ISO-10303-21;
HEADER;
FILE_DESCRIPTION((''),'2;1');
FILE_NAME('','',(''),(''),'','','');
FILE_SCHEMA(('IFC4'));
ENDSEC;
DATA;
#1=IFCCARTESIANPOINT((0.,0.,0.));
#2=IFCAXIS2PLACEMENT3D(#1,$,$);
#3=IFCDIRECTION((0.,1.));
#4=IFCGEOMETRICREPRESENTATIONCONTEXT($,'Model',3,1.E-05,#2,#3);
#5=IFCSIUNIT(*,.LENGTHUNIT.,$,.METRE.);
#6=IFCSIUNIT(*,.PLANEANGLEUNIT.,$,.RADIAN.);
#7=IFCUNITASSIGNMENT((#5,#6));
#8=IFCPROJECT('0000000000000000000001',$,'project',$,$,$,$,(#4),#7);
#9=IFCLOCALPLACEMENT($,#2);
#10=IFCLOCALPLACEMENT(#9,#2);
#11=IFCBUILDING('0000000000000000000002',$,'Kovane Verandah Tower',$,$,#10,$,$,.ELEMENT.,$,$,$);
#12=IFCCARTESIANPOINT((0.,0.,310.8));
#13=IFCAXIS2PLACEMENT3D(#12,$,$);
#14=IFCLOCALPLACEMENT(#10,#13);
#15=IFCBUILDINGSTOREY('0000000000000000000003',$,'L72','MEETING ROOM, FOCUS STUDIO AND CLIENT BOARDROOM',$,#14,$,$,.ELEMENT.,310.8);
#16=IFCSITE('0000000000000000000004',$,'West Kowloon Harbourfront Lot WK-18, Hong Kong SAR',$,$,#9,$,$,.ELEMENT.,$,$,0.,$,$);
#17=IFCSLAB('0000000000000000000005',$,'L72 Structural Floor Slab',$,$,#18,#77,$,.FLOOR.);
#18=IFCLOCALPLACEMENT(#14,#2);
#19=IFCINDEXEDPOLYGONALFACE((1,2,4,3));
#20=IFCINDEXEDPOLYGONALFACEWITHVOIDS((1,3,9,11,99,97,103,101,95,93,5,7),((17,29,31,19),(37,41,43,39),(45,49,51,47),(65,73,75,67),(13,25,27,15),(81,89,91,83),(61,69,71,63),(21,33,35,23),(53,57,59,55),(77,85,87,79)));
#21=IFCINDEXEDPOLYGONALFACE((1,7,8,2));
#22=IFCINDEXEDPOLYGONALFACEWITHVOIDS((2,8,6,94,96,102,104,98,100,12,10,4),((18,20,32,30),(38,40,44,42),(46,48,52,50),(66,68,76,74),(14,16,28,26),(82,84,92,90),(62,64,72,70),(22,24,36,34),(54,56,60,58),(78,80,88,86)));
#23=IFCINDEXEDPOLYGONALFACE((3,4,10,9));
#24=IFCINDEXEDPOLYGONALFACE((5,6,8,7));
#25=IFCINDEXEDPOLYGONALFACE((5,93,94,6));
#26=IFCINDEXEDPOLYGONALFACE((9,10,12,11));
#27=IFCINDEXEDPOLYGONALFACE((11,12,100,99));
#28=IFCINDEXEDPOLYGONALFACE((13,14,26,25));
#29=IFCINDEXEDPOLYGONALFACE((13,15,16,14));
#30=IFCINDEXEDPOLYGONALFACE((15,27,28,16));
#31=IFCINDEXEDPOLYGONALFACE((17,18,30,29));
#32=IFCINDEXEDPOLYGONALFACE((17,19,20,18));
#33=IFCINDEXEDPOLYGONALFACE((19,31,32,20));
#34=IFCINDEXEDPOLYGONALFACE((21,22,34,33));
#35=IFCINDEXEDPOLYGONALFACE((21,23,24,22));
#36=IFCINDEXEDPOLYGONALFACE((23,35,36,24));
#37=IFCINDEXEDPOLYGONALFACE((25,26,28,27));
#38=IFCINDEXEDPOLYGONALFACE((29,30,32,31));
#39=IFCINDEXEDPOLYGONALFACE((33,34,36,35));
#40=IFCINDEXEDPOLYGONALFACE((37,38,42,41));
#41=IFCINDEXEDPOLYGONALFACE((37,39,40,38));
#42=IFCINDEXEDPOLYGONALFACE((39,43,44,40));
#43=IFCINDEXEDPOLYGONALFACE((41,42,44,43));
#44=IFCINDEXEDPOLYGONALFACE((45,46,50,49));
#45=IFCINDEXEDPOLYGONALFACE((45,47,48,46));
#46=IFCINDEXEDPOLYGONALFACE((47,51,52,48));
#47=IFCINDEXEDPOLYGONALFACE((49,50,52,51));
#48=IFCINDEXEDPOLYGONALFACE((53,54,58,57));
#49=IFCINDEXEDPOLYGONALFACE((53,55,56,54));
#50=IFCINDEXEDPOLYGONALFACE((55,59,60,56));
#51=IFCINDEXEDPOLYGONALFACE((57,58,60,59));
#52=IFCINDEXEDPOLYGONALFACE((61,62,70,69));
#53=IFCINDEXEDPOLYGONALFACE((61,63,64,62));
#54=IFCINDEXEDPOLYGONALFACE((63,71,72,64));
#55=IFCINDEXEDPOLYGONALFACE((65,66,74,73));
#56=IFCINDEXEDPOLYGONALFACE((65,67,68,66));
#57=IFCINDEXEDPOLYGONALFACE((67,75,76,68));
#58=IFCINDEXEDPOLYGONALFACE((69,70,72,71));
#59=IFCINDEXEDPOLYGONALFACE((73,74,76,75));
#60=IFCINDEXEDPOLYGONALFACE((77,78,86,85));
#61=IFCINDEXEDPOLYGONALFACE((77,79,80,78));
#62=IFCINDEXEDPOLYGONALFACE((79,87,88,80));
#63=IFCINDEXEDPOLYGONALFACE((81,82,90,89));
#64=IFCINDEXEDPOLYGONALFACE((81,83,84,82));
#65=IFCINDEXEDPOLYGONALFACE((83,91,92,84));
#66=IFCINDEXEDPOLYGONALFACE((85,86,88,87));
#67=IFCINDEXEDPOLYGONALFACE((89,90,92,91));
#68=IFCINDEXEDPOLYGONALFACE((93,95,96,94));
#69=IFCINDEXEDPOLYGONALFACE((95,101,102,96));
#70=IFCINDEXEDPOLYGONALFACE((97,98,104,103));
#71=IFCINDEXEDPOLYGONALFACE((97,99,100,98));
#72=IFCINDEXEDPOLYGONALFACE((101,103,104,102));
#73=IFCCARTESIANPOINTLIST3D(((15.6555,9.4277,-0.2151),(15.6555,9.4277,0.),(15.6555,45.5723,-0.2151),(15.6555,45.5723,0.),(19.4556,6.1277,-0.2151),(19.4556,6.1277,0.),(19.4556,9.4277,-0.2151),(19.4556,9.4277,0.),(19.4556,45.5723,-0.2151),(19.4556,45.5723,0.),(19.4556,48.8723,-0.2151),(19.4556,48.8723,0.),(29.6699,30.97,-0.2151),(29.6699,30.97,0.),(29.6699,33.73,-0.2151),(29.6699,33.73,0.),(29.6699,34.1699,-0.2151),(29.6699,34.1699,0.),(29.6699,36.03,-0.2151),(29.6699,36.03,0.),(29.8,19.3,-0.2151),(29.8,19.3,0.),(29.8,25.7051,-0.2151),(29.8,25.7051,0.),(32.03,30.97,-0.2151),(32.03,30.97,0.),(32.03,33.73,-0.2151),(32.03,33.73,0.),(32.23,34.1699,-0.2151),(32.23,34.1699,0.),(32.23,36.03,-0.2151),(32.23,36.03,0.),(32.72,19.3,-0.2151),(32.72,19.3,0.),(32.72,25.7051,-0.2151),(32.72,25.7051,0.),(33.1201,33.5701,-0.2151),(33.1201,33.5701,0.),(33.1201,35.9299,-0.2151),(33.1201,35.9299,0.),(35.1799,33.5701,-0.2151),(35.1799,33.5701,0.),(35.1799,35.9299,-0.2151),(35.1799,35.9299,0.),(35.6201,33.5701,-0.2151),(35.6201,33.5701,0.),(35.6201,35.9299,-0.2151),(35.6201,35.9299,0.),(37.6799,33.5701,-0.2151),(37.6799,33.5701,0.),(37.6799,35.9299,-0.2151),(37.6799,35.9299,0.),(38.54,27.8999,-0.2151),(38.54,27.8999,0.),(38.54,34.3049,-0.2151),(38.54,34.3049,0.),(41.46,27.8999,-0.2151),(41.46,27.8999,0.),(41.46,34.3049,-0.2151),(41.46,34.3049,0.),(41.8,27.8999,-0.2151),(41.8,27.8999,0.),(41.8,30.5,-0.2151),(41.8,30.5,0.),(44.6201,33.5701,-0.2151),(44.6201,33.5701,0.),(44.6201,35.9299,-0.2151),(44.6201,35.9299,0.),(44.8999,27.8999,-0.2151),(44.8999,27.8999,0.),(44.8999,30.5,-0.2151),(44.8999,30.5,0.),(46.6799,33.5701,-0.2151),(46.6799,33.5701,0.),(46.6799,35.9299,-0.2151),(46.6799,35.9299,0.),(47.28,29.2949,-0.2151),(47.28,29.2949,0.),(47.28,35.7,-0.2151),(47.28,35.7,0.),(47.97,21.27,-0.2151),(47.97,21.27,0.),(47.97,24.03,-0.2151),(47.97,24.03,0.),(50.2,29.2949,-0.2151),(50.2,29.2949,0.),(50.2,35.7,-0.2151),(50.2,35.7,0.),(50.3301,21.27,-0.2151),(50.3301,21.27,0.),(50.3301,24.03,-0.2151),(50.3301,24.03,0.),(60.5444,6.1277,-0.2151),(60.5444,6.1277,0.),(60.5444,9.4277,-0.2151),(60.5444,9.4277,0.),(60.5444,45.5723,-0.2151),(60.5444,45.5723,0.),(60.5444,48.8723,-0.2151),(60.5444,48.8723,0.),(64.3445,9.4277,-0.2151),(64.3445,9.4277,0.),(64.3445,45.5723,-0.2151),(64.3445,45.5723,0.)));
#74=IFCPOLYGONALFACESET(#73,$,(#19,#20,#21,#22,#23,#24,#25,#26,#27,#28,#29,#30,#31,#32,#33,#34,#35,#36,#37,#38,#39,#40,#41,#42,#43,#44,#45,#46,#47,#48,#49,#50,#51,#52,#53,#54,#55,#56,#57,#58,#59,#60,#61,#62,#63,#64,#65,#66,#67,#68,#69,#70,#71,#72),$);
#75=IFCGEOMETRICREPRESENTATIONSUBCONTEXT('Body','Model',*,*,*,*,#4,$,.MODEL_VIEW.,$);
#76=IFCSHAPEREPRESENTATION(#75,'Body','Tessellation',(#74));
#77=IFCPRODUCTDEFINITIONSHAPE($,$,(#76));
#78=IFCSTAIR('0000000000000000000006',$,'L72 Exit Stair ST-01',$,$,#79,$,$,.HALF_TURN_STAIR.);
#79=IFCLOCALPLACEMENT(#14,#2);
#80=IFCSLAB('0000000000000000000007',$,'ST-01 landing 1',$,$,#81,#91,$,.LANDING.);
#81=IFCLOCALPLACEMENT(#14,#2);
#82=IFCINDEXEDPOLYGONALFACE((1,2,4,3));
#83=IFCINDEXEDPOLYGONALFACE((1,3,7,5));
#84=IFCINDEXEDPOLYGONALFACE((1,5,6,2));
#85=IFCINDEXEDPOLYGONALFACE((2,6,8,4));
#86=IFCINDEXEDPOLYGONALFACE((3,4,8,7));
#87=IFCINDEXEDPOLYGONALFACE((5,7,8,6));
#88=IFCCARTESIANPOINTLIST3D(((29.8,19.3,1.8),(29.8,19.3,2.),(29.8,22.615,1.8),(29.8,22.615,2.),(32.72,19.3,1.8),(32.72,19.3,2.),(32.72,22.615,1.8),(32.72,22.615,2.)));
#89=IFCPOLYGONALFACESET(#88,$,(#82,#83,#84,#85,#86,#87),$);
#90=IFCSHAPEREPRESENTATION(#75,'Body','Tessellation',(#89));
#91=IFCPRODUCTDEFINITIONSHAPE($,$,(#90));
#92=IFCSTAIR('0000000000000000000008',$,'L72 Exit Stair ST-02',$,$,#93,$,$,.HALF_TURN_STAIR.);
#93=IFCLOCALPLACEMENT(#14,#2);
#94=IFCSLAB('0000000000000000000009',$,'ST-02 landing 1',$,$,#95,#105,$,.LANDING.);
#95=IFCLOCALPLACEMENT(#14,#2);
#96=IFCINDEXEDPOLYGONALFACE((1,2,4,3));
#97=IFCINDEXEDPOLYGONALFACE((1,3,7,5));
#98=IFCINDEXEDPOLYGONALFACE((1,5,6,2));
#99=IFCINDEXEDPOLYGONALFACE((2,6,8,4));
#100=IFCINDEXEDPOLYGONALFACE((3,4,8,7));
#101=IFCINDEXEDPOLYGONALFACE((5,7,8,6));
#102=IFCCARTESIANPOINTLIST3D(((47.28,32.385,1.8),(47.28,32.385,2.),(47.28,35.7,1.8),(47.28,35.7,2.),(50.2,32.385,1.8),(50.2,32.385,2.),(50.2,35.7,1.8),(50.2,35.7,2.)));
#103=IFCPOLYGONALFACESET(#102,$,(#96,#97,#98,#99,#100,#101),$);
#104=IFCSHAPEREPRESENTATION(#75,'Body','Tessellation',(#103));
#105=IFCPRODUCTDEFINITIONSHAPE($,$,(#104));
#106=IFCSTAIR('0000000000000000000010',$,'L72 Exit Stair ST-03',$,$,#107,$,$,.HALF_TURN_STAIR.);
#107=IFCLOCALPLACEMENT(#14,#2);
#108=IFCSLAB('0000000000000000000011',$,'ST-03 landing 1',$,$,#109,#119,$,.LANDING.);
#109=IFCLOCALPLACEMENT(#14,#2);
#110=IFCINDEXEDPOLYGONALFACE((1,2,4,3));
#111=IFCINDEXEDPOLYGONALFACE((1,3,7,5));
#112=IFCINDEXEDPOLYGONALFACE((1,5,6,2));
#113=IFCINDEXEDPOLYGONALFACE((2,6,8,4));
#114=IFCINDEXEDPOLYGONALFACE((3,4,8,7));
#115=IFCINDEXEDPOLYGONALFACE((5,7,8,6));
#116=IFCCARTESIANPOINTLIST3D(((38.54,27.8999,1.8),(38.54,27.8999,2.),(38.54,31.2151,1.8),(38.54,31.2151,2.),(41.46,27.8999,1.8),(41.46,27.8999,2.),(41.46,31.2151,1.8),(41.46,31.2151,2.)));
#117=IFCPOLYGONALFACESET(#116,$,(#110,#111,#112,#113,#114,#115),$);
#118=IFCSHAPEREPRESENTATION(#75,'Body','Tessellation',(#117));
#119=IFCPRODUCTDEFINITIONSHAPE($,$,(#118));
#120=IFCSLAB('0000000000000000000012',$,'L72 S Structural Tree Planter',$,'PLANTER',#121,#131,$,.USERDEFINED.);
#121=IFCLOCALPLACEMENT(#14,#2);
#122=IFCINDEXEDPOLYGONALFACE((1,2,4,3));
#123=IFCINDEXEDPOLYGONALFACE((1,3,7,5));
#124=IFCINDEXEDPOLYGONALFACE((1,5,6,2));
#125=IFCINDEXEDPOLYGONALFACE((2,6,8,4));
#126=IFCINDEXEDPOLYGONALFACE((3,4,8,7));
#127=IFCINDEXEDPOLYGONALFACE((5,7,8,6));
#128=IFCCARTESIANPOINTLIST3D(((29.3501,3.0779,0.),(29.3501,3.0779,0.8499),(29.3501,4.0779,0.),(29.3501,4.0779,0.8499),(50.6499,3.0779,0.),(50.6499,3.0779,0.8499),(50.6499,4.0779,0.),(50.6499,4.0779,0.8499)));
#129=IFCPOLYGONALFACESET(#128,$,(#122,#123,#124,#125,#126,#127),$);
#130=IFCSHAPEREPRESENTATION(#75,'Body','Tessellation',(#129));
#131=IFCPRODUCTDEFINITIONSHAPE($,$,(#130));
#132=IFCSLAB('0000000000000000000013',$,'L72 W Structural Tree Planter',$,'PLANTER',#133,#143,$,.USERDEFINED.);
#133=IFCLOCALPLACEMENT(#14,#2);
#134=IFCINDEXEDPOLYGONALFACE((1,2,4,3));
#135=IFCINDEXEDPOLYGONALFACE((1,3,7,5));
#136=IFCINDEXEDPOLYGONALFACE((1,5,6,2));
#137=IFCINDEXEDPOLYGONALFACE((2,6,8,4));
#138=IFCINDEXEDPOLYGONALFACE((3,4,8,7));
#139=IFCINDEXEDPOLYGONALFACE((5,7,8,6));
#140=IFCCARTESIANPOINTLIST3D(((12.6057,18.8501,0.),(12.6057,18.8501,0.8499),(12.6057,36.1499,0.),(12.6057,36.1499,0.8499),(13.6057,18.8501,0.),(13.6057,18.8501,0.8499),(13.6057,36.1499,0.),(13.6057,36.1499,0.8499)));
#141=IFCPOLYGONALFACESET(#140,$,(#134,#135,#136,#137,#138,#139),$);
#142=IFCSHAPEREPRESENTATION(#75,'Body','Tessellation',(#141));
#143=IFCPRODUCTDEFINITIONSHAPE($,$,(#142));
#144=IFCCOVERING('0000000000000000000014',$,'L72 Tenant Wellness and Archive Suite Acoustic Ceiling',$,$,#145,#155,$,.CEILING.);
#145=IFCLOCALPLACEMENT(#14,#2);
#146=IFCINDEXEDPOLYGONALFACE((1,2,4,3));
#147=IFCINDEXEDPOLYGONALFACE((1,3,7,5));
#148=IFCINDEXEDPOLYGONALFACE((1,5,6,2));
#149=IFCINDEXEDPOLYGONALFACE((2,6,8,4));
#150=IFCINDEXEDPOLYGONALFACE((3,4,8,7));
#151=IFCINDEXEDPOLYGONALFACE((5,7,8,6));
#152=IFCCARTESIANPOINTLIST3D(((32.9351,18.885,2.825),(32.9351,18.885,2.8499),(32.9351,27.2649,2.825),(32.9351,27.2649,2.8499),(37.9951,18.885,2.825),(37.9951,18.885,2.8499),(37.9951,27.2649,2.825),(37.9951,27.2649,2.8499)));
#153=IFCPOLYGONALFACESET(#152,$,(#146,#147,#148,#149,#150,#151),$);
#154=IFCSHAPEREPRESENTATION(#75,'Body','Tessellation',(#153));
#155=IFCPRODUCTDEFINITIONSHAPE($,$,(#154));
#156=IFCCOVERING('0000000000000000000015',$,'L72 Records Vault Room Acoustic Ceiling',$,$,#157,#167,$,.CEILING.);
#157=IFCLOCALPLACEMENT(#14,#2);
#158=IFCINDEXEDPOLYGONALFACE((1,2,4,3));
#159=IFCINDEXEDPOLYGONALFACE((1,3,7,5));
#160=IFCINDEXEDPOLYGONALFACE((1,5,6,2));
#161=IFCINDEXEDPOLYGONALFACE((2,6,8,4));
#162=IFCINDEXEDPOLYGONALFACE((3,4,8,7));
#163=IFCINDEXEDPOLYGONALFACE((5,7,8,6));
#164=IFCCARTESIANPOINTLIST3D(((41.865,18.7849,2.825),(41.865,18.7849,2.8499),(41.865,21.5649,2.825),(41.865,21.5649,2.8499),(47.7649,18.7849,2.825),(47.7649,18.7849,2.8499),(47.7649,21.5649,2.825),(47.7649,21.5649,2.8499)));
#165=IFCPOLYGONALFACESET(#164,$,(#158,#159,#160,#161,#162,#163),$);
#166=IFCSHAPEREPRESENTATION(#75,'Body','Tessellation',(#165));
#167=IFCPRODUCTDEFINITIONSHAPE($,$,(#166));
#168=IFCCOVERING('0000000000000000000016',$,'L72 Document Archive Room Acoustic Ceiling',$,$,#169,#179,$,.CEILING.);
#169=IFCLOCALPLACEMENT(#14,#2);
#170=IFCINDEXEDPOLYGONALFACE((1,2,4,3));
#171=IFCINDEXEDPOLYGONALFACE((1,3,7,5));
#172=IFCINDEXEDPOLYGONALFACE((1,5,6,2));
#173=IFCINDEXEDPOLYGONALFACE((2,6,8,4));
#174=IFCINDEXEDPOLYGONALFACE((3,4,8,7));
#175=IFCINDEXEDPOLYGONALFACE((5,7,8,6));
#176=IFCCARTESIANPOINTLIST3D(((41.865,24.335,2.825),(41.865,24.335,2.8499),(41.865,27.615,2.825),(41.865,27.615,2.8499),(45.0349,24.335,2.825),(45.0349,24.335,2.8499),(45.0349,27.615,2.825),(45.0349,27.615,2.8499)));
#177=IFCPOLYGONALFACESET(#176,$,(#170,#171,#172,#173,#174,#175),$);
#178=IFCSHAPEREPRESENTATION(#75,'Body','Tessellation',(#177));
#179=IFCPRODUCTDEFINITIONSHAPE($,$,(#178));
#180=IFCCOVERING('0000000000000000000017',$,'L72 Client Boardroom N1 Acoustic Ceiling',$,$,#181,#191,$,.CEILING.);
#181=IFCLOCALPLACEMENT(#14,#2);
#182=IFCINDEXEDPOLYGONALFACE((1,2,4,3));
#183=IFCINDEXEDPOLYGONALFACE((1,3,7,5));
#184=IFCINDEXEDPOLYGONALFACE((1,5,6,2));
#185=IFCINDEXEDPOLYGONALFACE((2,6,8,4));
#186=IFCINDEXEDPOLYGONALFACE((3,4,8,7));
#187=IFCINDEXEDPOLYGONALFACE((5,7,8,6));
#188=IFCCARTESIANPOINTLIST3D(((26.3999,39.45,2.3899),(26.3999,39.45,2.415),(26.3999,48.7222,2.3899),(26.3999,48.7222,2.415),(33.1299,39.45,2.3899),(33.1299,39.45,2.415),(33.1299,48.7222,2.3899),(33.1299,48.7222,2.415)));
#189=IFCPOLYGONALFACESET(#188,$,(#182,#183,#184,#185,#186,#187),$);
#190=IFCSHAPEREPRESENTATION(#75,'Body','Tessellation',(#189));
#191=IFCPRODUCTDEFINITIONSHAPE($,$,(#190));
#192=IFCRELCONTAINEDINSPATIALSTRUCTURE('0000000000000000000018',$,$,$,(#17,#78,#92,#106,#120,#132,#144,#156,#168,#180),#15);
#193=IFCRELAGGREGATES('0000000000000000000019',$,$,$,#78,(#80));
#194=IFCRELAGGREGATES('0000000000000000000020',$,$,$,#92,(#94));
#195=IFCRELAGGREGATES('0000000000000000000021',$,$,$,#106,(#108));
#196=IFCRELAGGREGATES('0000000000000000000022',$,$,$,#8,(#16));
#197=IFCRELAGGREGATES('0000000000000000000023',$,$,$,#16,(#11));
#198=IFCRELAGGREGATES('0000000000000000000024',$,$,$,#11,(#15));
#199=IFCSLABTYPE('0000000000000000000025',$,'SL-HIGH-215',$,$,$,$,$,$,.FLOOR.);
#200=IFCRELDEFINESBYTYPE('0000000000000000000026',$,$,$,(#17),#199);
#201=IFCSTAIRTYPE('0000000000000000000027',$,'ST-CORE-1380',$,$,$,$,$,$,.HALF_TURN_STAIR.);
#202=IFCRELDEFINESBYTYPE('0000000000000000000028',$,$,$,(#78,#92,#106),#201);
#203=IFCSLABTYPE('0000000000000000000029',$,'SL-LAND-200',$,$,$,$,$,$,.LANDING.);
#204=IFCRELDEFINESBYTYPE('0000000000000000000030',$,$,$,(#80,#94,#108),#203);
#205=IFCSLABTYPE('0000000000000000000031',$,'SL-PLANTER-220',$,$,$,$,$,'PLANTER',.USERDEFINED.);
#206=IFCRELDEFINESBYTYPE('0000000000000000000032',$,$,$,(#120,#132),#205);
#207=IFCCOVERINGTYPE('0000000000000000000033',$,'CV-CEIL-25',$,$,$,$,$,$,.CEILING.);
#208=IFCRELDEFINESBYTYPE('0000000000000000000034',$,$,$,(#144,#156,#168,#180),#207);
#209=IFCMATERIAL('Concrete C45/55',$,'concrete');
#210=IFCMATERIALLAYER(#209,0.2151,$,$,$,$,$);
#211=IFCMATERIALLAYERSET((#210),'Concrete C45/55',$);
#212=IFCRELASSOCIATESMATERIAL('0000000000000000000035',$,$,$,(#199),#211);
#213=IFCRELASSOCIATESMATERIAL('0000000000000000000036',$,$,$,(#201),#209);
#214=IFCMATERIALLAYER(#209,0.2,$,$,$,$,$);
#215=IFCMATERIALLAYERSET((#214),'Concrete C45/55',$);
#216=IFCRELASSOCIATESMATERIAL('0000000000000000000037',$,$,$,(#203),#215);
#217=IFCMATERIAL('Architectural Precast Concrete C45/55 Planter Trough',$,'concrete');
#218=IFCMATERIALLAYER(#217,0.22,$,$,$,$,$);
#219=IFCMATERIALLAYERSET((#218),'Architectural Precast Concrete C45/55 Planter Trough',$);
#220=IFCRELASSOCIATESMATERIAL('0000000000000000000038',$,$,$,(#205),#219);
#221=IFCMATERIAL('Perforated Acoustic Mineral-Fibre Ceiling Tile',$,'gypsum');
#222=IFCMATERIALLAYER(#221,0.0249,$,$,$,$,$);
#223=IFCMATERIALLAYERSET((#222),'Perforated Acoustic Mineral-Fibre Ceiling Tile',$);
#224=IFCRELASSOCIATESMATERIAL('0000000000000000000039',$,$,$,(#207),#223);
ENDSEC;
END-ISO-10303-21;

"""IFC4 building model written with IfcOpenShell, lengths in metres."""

from ifc_helpers import new_model, si_unit, direction, frame, origin, place, context, subcontext, project, spatial, polyline, outline, extrude, material, layer, layer_set, type_object, element, aggregate, save


model = new_model("IFC4")

# Units and contexts
model_context = context("Model", 3, precision=1e-05, world=origin(), true_north=direction((0.0, 1.0)))
body_context = subcontext(model_context, "Body", "Model", "MODEL_VIEW")
ifc_project = project(units=[si_unit("LENGTHUNIT", "METRE"), si_unit("PLANEANGLEUNIT", "RADIAN")], contexts=[model_context])

# Site, building, storey
site_placement = place(None, origin())
site = spatial("IfcSite", under=ifc_project, at=site_placement, Name="West Kowloon Harbourfront Lot WK-18, Hong Kong SAR", CompositionType="ELEMENT", RefElevation=0.0)
building_placement = place(site_placement, origin())
building = spatial("IfcBuilding", under=site, at=building_placement, Name="Kovane Verandah Tower", CompositionType="ELEMENT")
storey_placement = place(building_placement, frame((0.0, 0.0, 310.8)))
storey = spatial("IfcBuildingStorey", under=building, at=storey_placement, Name="L72", Description="MEETING ROOM, FOCUS STUDIO AND CLIENT BOARDROOM", CompositionType="ELEMENT", Elevation=310.8)

# Slab
ifc_material_1 = material(Name="Concrete C45/55", Category="concrete")
ifc_layer_1 = layer(ifc_material_1, 0.2151)
ifc_layer_set_1 = layer_set([ifc_layer_1], Name="Concrete C45/55")
slab_type_1 = type_object("IfcSlabType", Name="SL-HIGH-215", PredefinedType="FLOOR", material=ifc_layer_set_1)
slab_1_placement = place(storey_placement, frame((0.0, 0.0, -0.2151)))
element("IfcSlab", 1, at=slab_1_placement, inside=storey, type_object=slab_type_1, Name="L72 Structural Floor Slab", PredefinedType="FLOOR", context=body_context, shape_type="SweptSolid", body=[
    extrude(outline(polyline([(19.4556, 6.1277), (60.5444, 6.1277), (60.5444, 9.4277), (64.3445, 9.4277), (64.3445, 45.5723), (60.5444, 45.5723), (60.5444, 48.8723), (19.4556, 48.8723), (19.4556, 45.5723), (15.6555, 45.5723), (15.6555, 9.4277), (19.4556, 9.4277), (19.4556, 6.1277)]), holes=[polyline([(29.8, 19.3), (32.72, 19.3), (32.72, 25.7051), (29.8, 25.7051), (29.8, 19.3)]), polyline([(47.28, 29.2949), (50.2, 29.2949), (50.2, 35.7), (47.28, 35.7), (47.28, 29.2949)]), polyline([(38.54, 27.8999), (41.46, 27.8999), (41.46, 34.3049), (38.54, 34.3049), (38.54, 27.8999)]), polyline([(29.6699, 30.97), (32.03, 30.97), (32.03, 33.73), (29.6699, 33.73), (29.6699, 30.97)]), polyline([(47.97, 21.27), (50.3301, 21.27), (50.3301, 24.03), (47.97, 24.03), (47.97, 21.27)]), polyline([(29.6699, 34.1699), (32.23, 34.1699), (32.23, 36.03), (29.6699, 36.03), (29.6699, 34.1699)]), polyline([(33.1201, 33.5701), (35.1799, 33.5701), (35.1799, 35.9299), (33.1201, 35.9299), (33.1201, 33.5701)]), polyline([(35.6201, 33.5701), (37.6799, 33.5701), (37.6799, 35.9299), (35.6201, 35.9299), (35.6201, 33.5701)]), polyline([(44.6201, 33.5701), (46.6799, 33.5701), (46.6799, 35.9299), (44.6201, 35.9299), (44.6201, 33.5701)]), polyline([(41.8, 27.8999), (44.8999, 27.8999), (44.8999, 30.5), (41.8, 30.5), (41.8, 27.8999)])]), origin(), (0.0, 0.0, 1.0), 0.2151),
])

# Stairs, slabs
stair_type = type_object("IfcStairType", Name="ST-CORE-1380", PredefinedType="HALF_TURN_STAIR", material=ifc_material_1)
stair_1_placement = place(storey_placement, origin())
stair_1 = element("IfcStair", 2, at=stair_1_placement, inside=storey, type_object=stair_type, Name="L72 Exit Stair ST-01", PredefinedType="HALF_TURN_STAIR")
ifc_layer_2 = layer(ifc_material_1, 0.2)
ifc_layer_set_2 = layer_set([ifc_layer_2], Name="Concrete C45/55")
slab_type_2 = type_object("IfcSlabType", Name="SL-LAND-200", PredefinedType="LANDING", material=ifc_layer_set_2)
slab_2_placement = place(storey_placement, frame((0.0, 0.0, 1.8)))
slab_2 = element("IfcSlab", 3, at=slab_2_placement, type_object=slab_type_2, Name="ST-01 landing 1", PredefinedType="LANDING", context=body_context, shape_type="SweptSolid", body=[
    extrude(outline(polyline([(29.8, 22.615), (29.8, 19.3), (32.72, 19.3), (32.72, 22.615), (29.8, 22.615)])), origin(), (0.0, 0.0, 1.0), 0.2),
])
aggregate(stair_1, [slab_2])
stair_2_placement = place(storey_placement, origin())
stair_2 = element("IfcStair", 4, at=stair_2_placement, inside=storey, type_object=stair_type, Name="L72 Exit Stair ST-02", PredefinedType="HALF_TURN_STAIR")
slab_3_placement = place(storey_placement, frame((0.0, 0.0, 1.8)))
slab_3 = element("IfcSlab", 5, at=slab_3_placement, type_object=slab_type_2, Name="ST-02 landing 1", PredefinedType="LANDING", context=body_context, shape_type="SweptSolid", body=[
    extrude(outline(polyline([(50.2, 32.385), (50.2, 35.7), (47.28, 35.7), (47.28, 32.385), (50.2, 32.385)])), origin(), (0.0, 0.0, 1.0), 0.2),
])
aggregate(stair_2, [slab_3])
stair_3_placement = place(storey_placement, origin())
stair_3 = element("IfcStair", 6, at=stair_3_placement, inside=storey, type_object=stair_type, Name="L72 Exit Stair ST-03", PredefinedType="HALF_TURN_STAIR")
slab_4_placement = place(storey_placement, frame((0.0, 0.0, 1.8)))
slab_4 = element("IfcSlab", 7, at=slab_4_placement, type_object=slab_type_2, Name="ST-03 landing 1", PredefinedType="LANDING", context=body_context, shape_type="SweptSolid", body=[
    extrude(outline(polyline([(38.54, 31.2151), (38.54, 27.8999), (41.46, 27.8999), (41.46, 31.2151), (38.54, 31.2151)])), origin(), (0.0, 0.0, 1.0), 0.2),
])
aggregate(stair_3, [slab_4])

# Slabs
ifc_material_2 = material(Name="Architectural Precast Concrete C45/55 Planter Trough", Category="concrete")
ifc_layer_3 = layer(ifc_material_2, 0.22)
ifc_layer_set_3 = layer_set([ifc_layer_3], Name="Architectural Precast Concrete C45/55 Planter Trough")
slab_type_3 = type_object("IfcSlabType", Name="SL-PLANTER-220", ElementType="PLANTER", PredefinedType="USERDEFINED", material=ifc_layer_set_3)
slab_5_placement = place(storey_placement, origin())
element("IfcSlab", 8, at=slab_5_placement, inside=storey, type_object=slab_type_3, Name="L72 S Structural Tree Planter", ObjectType="PLANTER", PredefinedType="USERDEFINED", context=body_context, shape_type="SweptSolid", body=[
    extrude(outline(polyline([(29.3501, 3.0779), (50.6499, 3.0779), (50.6499, 4.0779), (29.3501, 4.0779), (29.3501, 3.0779)])), origin(), (0.0, 0.0, 1.0), 0.8499),
])
slab_6_placement = place(storey_placement, origin())
element("IfcSlab", 9, at=slab_6_placement, inside=storey, type_object=slab_type_3, Name="L72 W Structural Tree Planter", ObjectType="PLANTER", PredefinedType="USERDEFINED", context=body_context, shape_type="SweptSolid", body=[
    extrude(outline(polyline([(12.6057, 18.8501), (13.6057, 18.8501), (13.6057, 36.1499), (12.6057, 36.1499), (12.6057, 18.8501)])), origin(), (0.0, 0.0, 1.0), 0.8499),
])

# Coverings
ifc_material_3 = material(Name="Perforated Acoustic Mineral-Fibre Ceiling Tile", Category="gypsum")
ifc_layer_4 = layer(ifc_material_3, 0.0249)
ifc_layer_set_4 = layer_set([ifc_layer_4], Name="Perforated Acoustic Mineral-Fibre Ceiling Tile")
covering_type_1 = type_object("IfcCoveringType", Name="CV-CEIL-25", PredefinedType="CEILING", material=ifc_layer_set_4)
covering_1_placement = place(storey_placement, frame((0.0, 0.0, 2.825)))
element("IfcCovering", 10, at=covering_1_placement, inside=storey, type_object=covering_type_1, Name="L72 Tenant Wellness and Archive Suite Acoustic Ceiling", PredefinedType="CEILING", context=body_context, shape_type="SweptSolid", body=[
    extrude(outline(polyline([(32.9351, 18.885), (37.9951, 18.885), (37.9951, 27.2649), (32.9351, 27.2649), (32.9351, 18.885)])), origin(), (0.0, 0.0, 1.0), 0.0249),
])
covering_2_placement = place(storey_placement, frame((0.0, 0.0, 2.825)))
element("IfcCovering", 11, at=covering_2_placement, inside=storey, type_object=covering_type_1, Name="L72 Records Vault Room Acoustic Ceiling", PredefinedType="CEILING", context=body_context, shape_type="SweptSolid", body=[
    extrude(outline(polyline([(41.865, 18.7849), (47.7649, 18.7849), (47.7649, 21.5649), (41.865, 21.5649), (41.865, 18.7849)])), origin(), (0.0, 0.0, 1.0), 0.0249),
])
covering_3_placement = place(storey_placement, frame((0.0, 0.0, 2.825)))
element("IfcCovering", 12, at=covering_3_placement, inside=storey, type_object=covering_type_1, Name="L72 Document Archive Room Acoustic Ceiling", PredefinedType="CEILING", context=body_context, shape_type="SweptSolid", body=[
    extrude(outline(polyline([(41.865, 24.335), (45.0349, 24.335), (45.0349, 27.615), (41.865, 27.615), (41.865, 24.335)])), origin(), (0.0, 0.0, 1.0), 0.0249),
])
covering_4_placement = place(storey_placement, frame((0.0, 0.0, 2.3899)))
element("IfcCovering", 13, at=covering_4_placement, inside=storey, type_object=covering_type_1, Name="L72 Client Boardroom N1 Acoustic Ceiling", PredefinedType="CEILING", context=body_context, shape_type="SweptSolid", body=[
    extrude(outline(polyline([(26.3999, 39.45), (33.1299, 39.45), (33.1299, 48.7222), (26.3999, 48.7222), (26.3999, 39.45)])), origin(), (0.0, 0.0, 1.0), 0.0251),
])

save(model, "model.ifc")
